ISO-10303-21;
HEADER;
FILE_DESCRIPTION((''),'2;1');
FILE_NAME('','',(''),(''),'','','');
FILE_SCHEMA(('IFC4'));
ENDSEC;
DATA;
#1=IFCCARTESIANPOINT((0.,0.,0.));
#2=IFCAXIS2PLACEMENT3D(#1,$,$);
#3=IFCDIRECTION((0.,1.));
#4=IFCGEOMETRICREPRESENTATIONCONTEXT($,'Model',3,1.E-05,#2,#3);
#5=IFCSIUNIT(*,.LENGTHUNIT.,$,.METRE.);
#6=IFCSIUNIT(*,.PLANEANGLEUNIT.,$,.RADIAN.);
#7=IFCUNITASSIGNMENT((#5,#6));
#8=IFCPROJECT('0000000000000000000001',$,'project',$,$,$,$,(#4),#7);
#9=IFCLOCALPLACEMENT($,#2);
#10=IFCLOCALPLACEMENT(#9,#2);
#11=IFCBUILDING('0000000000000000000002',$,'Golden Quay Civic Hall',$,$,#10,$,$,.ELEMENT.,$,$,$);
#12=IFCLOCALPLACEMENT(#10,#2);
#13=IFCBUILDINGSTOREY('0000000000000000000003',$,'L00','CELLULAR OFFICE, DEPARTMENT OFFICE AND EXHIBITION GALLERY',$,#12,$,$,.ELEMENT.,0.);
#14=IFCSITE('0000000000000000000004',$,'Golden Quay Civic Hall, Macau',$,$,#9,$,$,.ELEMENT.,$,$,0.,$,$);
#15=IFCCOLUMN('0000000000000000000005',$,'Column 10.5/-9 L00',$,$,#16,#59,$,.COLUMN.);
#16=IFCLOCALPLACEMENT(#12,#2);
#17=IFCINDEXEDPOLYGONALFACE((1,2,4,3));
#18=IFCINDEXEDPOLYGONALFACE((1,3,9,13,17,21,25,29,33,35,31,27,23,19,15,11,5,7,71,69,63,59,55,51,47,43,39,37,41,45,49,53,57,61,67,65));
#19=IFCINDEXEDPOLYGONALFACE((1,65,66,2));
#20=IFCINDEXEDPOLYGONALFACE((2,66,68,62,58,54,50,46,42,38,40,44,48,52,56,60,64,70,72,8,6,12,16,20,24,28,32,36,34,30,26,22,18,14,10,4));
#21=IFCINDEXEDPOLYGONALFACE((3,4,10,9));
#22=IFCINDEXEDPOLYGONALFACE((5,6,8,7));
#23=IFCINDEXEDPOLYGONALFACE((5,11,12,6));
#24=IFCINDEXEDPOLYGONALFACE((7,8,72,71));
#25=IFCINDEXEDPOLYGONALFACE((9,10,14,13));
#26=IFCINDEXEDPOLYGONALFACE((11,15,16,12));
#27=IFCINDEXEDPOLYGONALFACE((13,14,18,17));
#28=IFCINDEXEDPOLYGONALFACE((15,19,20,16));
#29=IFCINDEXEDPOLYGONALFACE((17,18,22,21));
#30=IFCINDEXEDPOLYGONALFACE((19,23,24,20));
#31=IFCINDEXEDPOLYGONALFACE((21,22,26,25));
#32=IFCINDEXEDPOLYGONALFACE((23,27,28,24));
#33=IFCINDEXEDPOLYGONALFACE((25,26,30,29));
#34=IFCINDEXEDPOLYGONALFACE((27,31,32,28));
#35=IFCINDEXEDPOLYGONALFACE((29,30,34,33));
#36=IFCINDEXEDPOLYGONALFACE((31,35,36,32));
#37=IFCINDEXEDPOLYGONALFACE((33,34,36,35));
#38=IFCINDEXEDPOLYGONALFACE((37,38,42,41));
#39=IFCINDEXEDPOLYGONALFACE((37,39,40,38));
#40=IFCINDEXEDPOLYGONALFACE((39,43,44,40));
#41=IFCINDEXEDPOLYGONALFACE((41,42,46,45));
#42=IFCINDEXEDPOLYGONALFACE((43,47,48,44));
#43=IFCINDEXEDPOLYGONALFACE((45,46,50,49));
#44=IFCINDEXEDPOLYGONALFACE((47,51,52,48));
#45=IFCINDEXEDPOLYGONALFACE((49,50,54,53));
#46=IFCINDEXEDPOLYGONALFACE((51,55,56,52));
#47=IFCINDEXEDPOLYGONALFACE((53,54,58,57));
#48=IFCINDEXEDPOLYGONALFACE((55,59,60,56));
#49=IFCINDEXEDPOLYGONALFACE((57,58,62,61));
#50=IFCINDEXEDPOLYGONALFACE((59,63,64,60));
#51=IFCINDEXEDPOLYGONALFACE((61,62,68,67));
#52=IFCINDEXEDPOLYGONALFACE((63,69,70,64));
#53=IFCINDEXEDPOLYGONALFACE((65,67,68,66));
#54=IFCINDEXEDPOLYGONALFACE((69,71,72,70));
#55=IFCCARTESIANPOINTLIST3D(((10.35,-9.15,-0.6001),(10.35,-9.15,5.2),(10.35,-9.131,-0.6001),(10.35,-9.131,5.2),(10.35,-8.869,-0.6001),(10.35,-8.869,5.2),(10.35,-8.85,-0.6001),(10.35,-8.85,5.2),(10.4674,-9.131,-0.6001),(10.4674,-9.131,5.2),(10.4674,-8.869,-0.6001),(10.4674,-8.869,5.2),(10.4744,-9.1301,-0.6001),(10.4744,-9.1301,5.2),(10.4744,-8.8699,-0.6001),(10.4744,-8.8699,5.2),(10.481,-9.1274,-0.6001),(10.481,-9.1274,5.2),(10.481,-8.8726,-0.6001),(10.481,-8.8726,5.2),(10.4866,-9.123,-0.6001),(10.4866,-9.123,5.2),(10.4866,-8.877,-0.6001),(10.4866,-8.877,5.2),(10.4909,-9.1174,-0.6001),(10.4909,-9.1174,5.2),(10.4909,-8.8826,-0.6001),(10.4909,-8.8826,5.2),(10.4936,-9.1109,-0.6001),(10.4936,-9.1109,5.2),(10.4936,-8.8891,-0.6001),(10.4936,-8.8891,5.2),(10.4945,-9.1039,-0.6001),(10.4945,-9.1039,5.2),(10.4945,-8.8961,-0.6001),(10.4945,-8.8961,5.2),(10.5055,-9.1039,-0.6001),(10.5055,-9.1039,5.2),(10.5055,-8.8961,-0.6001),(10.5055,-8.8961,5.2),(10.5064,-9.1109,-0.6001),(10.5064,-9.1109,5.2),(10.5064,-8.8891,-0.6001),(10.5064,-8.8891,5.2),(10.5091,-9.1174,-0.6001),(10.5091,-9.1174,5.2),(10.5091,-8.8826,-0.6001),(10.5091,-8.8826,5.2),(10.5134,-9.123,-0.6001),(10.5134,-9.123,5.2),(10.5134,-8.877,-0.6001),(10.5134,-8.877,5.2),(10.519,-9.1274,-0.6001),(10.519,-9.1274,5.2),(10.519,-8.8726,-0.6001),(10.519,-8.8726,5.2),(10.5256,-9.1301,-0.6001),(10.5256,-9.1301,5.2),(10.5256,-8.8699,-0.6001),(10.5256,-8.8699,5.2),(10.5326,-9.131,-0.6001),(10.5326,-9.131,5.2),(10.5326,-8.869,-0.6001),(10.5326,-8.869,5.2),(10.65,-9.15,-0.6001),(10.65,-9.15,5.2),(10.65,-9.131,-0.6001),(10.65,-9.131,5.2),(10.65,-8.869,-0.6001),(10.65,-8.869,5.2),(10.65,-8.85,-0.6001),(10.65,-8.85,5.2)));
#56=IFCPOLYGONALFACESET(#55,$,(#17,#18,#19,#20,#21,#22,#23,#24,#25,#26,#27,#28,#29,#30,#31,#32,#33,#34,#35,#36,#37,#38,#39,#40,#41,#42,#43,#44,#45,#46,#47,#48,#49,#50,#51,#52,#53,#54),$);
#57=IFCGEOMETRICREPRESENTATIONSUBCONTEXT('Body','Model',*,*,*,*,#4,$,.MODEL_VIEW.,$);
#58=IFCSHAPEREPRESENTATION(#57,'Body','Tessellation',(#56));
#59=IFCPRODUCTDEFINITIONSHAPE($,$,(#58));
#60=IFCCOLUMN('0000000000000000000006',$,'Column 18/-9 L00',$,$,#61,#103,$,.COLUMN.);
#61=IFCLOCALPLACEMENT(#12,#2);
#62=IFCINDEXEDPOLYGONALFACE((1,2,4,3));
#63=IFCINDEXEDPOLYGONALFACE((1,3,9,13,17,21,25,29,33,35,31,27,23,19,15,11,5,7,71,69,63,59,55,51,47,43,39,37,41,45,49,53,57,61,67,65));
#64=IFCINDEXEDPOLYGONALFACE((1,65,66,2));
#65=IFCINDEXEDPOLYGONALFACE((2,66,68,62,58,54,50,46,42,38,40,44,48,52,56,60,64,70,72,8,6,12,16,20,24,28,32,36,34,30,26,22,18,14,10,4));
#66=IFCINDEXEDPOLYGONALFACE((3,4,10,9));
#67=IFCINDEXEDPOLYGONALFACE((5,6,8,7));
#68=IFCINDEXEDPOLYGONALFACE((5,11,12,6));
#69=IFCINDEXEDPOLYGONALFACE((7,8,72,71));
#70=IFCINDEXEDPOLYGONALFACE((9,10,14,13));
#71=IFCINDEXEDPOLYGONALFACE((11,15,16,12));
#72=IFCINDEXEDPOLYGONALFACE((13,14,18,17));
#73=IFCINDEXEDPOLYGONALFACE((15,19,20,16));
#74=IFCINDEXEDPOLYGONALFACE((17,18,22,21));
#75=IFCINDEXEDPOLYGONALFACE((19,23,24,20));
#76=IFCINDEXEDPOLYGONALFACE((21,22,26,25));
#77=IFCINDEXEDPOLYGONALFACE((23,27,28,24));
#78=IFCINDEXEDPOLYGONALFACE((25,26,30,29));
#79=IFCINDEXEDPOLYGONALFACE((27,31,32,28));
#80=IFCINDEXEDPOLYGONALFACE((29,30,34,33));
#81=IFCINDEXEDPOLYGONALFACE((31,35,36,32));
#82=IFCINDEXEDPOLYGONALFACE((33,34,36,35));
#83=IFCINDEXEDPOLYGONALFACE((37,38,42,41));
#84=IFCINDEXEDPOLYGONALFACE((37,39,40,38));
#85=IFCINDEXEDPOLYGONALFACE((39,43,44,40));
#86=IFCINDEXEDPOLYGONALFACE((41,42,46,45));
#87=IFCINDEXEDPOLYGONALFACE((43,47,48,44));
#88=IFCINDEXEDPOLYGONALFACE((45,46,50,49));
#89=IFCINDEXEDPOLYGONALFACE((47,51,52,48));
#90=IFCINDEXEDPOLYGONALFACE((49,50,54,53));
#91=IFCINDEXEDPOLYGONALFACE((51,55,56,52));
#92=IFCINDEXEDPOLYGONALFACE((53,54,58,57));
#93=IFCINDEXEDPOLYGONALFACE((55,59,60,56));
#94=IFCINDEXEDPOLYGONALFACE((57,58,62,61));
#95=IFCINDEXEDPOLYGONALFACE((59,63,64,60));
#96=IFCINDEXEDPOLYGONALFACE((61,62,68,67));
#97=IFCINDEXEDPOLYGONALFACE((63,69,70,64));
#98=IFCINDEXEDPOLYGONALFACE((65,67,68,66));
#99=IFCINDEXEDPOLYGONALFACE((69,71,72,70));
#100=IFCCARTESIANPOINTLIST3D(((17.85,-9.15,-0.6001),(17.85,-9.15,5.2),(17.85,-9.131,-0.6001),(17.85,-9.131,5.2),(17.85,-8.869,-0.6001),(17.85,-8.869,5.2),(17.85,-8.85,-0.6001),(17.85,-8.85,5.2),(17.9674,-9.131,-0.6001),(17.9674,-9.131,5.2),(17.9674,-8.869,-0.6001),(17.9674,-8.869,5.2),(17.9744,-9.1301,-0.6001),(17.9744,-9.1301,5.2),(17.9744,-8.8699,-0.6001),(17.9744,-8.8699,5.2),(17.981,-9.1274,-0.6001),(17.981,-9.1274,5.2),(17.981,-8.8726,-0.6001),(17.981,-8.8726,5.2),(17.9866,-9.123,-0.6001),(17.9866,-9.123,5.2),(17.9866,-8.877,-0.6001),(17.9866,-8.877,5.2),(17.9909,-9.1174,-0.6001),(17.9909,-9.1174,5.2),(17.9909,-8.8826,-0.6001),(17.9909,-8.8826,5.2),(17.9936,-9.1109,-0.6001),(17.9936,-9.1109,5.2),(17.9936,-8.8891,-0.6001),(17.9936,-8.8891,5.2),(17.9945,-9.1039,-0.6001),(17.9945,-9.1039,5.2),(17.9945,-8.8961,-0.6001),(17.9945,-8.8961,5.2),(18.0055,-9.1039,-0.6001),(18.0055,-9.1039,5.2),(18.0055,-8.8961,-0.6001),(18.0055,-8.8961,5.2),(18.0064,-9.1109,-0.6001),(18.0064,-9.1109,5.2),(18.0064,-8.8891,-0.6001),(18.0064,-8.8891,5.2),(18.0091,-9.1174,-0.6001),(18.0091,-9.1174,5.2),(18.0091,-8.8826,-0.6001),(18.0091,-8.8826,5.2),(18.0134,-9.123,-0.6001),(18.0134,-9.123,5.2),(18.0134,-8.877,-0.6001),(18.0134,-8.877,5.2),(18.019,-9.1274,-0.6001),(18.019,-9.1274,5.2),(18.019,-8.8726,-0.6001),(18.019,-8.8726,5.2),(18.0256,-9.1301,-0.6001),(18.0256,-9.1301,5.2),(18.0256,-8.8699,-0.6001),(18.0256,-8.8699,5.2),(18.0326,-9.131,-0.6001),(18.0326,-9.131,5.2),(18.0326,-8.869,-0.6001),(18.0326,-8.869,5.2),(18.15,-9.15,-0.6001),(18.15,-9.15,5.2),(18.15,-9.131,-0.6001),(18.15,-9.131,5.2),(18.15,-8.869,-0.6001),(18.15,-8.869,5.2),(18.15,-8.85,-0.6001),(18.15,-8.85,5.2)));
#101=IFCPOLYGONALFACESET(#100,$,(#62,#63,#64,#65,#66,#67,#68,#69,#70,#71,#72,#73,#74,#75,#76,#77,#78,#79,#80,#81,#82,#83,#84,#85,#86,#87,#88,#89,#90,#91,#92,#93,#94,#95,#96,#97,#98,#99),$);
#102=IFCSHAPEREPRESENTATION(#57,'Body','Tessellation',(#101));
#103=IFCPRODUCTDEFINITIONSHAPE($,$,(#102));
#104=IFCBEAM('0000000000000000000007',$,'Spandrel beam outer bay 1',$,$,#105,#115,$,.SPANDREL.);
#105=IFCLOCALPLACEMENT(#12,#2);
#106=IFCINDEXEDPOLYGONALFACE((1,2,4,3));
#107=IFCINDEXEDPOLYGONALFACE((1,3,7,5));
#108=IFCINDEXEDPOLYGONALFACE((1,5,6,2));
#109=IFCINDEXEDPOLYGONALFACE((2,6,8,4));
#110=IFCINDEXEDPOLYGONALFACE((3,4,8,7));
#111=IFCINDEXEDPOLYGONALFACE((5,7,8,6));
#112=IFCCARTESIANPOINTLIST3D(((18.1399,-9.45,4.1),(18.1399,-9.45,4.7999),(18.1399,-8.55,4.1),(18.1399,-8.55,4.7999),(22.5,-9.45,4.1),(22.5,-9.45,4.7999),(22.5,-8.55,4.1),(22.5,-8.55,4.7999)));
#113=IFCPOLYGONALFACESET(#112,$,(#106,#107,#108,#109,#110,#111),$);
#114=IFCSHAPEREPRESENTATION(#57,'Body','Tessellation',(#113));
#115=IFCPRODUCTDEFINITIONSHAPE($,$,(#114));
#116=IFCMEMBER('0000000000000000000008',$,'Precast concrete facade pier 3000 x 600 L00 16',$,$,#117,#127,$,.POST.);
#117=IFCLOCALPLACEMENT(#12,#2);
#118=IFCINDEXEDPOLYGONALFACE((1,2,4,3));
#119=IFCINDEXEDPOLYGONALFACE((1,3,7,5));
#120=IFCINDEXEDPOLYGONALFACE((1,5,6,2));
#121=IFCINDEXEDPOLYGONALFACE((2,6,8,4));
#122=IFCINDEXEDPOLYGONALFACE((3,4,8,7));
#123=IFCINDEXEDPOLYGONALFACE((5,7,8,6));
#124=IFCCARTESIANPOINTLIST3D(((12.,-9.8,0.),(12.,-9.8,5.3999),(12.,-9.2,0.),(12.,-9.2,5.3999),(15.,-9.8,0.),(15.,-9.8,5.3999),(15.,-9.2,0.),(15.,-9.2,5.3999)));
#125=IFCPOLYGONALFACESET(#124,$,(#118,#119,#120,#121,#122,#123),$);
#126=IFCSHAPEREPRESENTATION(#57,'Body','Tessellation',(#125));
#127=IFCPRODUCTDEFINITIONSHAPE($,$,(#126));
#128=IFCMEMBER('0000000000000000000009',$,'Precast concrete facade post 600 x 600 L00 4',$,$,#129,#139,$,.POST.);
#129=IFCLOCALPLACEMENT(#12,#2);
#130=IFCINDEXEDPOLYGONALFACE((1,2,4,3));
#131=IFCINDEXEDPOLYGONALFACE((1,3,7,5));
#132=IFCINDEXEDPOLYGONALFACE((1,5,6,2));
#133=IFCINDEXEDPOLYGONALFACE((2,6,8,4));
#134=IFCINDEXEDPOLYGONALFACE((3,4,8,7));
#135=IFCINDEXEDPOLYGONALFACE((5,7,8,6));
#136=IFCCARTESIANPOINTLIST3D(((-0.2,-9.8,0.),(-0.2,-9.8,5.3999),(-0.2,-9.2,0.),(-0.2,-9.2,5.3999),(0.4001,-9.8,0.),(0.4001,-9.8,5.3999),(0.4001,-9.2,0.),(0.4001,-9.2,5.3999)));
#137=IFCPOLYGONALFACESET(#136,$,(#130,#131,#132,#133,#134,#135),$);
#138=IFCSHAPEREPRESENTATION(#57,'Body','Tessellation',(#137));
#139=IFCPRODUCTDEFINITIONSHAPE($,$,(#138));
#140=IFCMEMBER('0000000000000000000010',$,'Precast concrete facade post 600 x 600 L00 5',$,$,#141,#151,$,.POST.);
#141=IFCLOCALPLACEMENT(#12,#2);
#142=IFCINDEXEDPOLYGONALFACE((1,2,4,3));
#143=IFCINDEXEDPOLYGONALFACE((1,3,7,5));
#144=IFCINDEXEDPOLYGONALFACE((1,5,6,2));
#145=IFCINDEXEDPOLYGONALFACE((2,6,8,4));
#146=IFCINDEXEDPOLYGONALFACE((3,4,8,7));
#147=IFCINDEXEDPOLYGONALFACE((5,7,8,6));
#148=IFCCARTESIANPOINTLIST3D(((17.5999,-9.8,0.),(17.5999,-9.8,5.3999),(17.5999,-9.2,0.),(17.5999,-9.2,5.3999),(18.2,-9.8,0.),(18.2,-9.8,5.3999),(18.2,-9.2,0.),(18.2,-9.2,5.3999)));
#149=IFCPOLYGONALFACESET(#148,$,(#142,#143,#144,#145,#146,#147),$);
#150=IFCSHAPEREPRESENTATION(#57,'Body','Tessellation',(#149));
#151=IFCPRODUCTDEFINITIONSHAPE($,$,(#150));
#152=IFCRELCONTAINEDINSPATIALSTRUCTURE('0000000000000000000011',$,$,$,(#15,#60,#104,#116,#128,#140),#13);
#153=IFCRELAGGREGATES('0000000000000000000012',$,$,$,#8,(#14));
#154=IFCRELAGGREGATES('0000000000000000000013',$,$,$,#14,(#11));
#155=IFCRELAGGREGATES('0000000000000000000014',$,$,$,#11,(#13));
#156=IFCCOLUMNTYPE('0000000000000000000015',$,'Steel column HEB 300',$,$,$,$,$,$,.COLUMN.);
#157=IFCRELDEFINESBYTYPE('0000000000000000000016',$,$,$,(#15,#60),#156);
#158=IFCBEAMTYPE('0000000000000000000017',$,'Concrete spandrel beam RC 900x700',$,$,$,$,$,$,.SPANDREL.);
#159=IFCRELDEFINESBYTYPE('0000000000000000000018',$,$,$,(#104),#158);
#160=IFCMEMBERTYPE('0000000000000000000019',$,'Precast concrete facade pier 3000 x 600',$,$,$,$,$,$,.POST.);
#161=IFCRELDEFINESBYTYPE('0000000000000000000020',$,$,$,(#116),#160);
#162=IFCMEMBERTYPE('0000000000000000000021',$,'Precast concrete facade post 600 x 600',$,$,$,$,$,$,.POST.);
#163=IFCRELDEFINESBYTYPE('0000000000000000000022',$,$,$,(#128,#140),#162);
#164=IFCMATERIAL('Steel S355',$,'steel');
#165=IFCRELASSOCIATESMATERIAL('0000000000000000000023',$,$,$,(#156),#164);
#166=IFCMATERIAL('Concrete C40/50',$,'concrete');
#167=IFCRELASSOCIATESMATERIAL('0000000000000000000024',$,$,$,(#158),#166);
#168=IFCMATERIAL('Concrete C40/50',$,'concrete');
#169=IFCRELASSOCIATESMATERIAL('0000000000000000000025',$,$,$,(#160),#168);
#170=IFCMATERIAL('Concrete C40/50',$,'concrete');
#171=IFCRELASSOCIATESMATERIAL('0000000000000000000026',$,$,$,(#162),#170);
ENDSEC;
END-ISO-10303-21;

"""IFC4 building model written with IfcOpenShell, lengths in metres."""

from ifc_helpers import new_model, si_unit, direction, frame, origin, origin_2d, place, context, subcontext, project, spatial, rectangle, i_section, extrude, material, material_profile, profile_set, type_object, element, save


model = new_model("IFC4")

# Units and contexts
model_context = context("Model", 3, precision=1e-05, world=origin(), true_north=direction((0.0, 1.0)))
body_context = subcontext(model_context, "Body", "Model", "MODEL_VIEW")
ifc_project = project(units=[si_unit("LENGTHUNIT", "METRE"), si_unit("PLANEANGLEUNIT", "RADIAN")], contexts=[model_context])

# Site, building, storey
site_placement = place(None, origin())
site = spatial("IfcSite", under=ifc_project, at=site_placement, Name="Golden Quay Civic Hall, Macau", CompositionType="ELEMENT", RefElevation=0.0)
building_placement = place(site_placement, origin())
building = spatial("IfcBuilding", under=site, at=building_placement, Name="Golden Quay Civic Hall", CompositionType="ELEMENT")
storey_placement = place(building_placement, origin())
storey = spatial("IfcBuildingStorey", under=building, at=storey_placement, Name="L00", Description="CELLULAR OFFICE, DEPARTMENT OFFICE AND EXHIBITION GALLERY", CompositionType="ELEMENT", Elevation=0.0)

# Columns
ifc_material_1 = material(Name="Steel S355", Category="steel")
ifc_material_profile_1 = material_profile(ifc_material_1, i_section(OverallWidth=0.3, OverallDepth=0.3, WebThickness=0.011, FlangeThickness=0.019, FilletRadius=0.0271, at=origin_2d()), Name="HEB 300")
ifc_profile_set_1 = profile_set([ifc_material_profile_1], Name="Steel S355")
column_type_1 = type_object("IfcColumnType", Name="Steel column HEB 300", PredefinedType="COLUMN", material=ifc_profile_set_1)
for number, where, z_axis, x_axis, name in (
    (1, (10.5, -9.0, -0.6001), (0.0, 0.0, 1.0), (1.0, 0.0, 0.0), "Column 10.5/-9 L00"),
    (2, (18.0, -9.0, -0.6001), (0.0, 0.0, 1.0), (1.0, 0.0, 0.0), "Column 18/-9 L00"),
):
    element("IfcColumn", number, at=place(storey_placement, frame(where, z_axis=z_axis, x_axis=x_axis)), inside=storey, type_object=column_type_1, Name=name, PredefinedType="COLUMN", context=body_context, shape_type="SweptSolid", body=[
        extrude(i_section(OverallWidth=0.3, OverallDepth=0.3, WebThickness=0.011, FlangeThickness=0.019, FilletRadius=0.0271, at=origin_2d()), origin(), (0.0, 0.0, 1.0), 5.8),
    ])

# Beam
ifc_material_2 = material(Name="Concrete C40/50", Category="concrete")
ifc_material_profile_2 = material_profile(ifc_material_2, rectangle(XDim=0.8999, YDim=0.7, at=origin_2d()), Name="RC 900x700")
ifc_profile_set_2 = profile_set([ifc_material_profile_2], Name="Concrete C40/50")
beam_type_1 = type_object("IfcBeamType", Name="Concrete spandrel beam RC 900x700", PredefinedType="SPANDREL", material=ifc_profile_set_2)
beam_1_placement = place(storey_placement, frame((18.1399, -9.0, 4.45), z_axis=(1.0, 0.0, 0.0), x_axis=(0.0, 1.0, 0.0)))
element("IfcBeam", 3, at=beam_1_placement, inside=storey, type_object=beam_type_1, Name="Spandrel beam outer bay 1", PredefinedType="SPANDREL", context=body_context, shape_type="SweptSolid", body=[
    extrude(rectangle(XDim=0.8999, YDim=0.7, at=origin_2d()), origin(), (0.0, 0.0, 1.0), 4.3601),
])

# Members
ifc_material_3 = material(Name="Concrete C40/50", Category="concrete")
ifc_material_profile_3 = material_profile(ifc_material_3, rectangle(XDim=3.0, YDim=0.6001, at=origin_2d()), Name="RC 3000x600")
ifc_profile_set_3 = profile_set([ifc_material_profile_3], Name="Concrete C40/50")
member_type_1 = type_object("IfcMemberType", Name="Precast concrete facade pier 3000 x 600", PredefinedType="POST", material=ifc_profile_set_3)
member_placement = place(storey_placement, frame((13.5, -9.5, 0.0), z_axis=(0.0, 0.0, 1.0), x_axis=(1.0, 0.0, 0.0)))
element("IfcMember", 4, at=member_placement, inside=storey, type_object=member_type_1, Name="Precast concrete facade pier 3000 x 600 L00 16", PredefinedType="POST", context=body_context, shape_type="SweptSolid", body=[
    extrude(rectangle(XDim=3.0, YDim=0.6001, at=origin_2d()), origin(), (0.0, 0.0, 1.0), 5.3999),
])
ifc_material_4 = material(Name="Concrete C40/50", Category="concrete")
ifc_material_profile_4 = material_profile(ifc_material_4, rectangle(XDim=0.6001, YDim=0.6001, at=origin_2d()), Name="RC 600x600")
ifc_profile_set_4 = profile_set([ifc_material_profile_4], Name="Concrete C40/50")
member_type_2 = type_object("IfcMemberType", Name="Precast concrete facade post 600 x 600", PredefinedType="POST", material=ifc_profile_set_4)
for number, where, z_axis, x_axis, name in (
    (5, (0.1001, -9.5, 0.0), (0.0, 0.0, 1.0), (1.0, 0.0, 0.0), "Precast concrete facade post 600 x 600 L00 4"),
    (6, (17.8999, -9.5, 0.0), (0.0, 0.0, 1.0), (1.0, 0.0, 0.0), "Precast concrete facade post 600 x 600 L00 5"),
):
    element("IfcMember", number, at=place(storey_placement, frame(where, z_axis=z_axis, x_axis=x_axis)), inside=storey, type_object=member_type_2, Name=name, PredefinedType="POST", context=body_context, shape_type="SweptSolid", body=[
        extrude(rectangle(XDim=0.6001, YDim=0.6001, at=origin_2d()), origin(), (0.0, 0.0, 1.0), 5.3999),
    ])

save(model, "model.ifc")
